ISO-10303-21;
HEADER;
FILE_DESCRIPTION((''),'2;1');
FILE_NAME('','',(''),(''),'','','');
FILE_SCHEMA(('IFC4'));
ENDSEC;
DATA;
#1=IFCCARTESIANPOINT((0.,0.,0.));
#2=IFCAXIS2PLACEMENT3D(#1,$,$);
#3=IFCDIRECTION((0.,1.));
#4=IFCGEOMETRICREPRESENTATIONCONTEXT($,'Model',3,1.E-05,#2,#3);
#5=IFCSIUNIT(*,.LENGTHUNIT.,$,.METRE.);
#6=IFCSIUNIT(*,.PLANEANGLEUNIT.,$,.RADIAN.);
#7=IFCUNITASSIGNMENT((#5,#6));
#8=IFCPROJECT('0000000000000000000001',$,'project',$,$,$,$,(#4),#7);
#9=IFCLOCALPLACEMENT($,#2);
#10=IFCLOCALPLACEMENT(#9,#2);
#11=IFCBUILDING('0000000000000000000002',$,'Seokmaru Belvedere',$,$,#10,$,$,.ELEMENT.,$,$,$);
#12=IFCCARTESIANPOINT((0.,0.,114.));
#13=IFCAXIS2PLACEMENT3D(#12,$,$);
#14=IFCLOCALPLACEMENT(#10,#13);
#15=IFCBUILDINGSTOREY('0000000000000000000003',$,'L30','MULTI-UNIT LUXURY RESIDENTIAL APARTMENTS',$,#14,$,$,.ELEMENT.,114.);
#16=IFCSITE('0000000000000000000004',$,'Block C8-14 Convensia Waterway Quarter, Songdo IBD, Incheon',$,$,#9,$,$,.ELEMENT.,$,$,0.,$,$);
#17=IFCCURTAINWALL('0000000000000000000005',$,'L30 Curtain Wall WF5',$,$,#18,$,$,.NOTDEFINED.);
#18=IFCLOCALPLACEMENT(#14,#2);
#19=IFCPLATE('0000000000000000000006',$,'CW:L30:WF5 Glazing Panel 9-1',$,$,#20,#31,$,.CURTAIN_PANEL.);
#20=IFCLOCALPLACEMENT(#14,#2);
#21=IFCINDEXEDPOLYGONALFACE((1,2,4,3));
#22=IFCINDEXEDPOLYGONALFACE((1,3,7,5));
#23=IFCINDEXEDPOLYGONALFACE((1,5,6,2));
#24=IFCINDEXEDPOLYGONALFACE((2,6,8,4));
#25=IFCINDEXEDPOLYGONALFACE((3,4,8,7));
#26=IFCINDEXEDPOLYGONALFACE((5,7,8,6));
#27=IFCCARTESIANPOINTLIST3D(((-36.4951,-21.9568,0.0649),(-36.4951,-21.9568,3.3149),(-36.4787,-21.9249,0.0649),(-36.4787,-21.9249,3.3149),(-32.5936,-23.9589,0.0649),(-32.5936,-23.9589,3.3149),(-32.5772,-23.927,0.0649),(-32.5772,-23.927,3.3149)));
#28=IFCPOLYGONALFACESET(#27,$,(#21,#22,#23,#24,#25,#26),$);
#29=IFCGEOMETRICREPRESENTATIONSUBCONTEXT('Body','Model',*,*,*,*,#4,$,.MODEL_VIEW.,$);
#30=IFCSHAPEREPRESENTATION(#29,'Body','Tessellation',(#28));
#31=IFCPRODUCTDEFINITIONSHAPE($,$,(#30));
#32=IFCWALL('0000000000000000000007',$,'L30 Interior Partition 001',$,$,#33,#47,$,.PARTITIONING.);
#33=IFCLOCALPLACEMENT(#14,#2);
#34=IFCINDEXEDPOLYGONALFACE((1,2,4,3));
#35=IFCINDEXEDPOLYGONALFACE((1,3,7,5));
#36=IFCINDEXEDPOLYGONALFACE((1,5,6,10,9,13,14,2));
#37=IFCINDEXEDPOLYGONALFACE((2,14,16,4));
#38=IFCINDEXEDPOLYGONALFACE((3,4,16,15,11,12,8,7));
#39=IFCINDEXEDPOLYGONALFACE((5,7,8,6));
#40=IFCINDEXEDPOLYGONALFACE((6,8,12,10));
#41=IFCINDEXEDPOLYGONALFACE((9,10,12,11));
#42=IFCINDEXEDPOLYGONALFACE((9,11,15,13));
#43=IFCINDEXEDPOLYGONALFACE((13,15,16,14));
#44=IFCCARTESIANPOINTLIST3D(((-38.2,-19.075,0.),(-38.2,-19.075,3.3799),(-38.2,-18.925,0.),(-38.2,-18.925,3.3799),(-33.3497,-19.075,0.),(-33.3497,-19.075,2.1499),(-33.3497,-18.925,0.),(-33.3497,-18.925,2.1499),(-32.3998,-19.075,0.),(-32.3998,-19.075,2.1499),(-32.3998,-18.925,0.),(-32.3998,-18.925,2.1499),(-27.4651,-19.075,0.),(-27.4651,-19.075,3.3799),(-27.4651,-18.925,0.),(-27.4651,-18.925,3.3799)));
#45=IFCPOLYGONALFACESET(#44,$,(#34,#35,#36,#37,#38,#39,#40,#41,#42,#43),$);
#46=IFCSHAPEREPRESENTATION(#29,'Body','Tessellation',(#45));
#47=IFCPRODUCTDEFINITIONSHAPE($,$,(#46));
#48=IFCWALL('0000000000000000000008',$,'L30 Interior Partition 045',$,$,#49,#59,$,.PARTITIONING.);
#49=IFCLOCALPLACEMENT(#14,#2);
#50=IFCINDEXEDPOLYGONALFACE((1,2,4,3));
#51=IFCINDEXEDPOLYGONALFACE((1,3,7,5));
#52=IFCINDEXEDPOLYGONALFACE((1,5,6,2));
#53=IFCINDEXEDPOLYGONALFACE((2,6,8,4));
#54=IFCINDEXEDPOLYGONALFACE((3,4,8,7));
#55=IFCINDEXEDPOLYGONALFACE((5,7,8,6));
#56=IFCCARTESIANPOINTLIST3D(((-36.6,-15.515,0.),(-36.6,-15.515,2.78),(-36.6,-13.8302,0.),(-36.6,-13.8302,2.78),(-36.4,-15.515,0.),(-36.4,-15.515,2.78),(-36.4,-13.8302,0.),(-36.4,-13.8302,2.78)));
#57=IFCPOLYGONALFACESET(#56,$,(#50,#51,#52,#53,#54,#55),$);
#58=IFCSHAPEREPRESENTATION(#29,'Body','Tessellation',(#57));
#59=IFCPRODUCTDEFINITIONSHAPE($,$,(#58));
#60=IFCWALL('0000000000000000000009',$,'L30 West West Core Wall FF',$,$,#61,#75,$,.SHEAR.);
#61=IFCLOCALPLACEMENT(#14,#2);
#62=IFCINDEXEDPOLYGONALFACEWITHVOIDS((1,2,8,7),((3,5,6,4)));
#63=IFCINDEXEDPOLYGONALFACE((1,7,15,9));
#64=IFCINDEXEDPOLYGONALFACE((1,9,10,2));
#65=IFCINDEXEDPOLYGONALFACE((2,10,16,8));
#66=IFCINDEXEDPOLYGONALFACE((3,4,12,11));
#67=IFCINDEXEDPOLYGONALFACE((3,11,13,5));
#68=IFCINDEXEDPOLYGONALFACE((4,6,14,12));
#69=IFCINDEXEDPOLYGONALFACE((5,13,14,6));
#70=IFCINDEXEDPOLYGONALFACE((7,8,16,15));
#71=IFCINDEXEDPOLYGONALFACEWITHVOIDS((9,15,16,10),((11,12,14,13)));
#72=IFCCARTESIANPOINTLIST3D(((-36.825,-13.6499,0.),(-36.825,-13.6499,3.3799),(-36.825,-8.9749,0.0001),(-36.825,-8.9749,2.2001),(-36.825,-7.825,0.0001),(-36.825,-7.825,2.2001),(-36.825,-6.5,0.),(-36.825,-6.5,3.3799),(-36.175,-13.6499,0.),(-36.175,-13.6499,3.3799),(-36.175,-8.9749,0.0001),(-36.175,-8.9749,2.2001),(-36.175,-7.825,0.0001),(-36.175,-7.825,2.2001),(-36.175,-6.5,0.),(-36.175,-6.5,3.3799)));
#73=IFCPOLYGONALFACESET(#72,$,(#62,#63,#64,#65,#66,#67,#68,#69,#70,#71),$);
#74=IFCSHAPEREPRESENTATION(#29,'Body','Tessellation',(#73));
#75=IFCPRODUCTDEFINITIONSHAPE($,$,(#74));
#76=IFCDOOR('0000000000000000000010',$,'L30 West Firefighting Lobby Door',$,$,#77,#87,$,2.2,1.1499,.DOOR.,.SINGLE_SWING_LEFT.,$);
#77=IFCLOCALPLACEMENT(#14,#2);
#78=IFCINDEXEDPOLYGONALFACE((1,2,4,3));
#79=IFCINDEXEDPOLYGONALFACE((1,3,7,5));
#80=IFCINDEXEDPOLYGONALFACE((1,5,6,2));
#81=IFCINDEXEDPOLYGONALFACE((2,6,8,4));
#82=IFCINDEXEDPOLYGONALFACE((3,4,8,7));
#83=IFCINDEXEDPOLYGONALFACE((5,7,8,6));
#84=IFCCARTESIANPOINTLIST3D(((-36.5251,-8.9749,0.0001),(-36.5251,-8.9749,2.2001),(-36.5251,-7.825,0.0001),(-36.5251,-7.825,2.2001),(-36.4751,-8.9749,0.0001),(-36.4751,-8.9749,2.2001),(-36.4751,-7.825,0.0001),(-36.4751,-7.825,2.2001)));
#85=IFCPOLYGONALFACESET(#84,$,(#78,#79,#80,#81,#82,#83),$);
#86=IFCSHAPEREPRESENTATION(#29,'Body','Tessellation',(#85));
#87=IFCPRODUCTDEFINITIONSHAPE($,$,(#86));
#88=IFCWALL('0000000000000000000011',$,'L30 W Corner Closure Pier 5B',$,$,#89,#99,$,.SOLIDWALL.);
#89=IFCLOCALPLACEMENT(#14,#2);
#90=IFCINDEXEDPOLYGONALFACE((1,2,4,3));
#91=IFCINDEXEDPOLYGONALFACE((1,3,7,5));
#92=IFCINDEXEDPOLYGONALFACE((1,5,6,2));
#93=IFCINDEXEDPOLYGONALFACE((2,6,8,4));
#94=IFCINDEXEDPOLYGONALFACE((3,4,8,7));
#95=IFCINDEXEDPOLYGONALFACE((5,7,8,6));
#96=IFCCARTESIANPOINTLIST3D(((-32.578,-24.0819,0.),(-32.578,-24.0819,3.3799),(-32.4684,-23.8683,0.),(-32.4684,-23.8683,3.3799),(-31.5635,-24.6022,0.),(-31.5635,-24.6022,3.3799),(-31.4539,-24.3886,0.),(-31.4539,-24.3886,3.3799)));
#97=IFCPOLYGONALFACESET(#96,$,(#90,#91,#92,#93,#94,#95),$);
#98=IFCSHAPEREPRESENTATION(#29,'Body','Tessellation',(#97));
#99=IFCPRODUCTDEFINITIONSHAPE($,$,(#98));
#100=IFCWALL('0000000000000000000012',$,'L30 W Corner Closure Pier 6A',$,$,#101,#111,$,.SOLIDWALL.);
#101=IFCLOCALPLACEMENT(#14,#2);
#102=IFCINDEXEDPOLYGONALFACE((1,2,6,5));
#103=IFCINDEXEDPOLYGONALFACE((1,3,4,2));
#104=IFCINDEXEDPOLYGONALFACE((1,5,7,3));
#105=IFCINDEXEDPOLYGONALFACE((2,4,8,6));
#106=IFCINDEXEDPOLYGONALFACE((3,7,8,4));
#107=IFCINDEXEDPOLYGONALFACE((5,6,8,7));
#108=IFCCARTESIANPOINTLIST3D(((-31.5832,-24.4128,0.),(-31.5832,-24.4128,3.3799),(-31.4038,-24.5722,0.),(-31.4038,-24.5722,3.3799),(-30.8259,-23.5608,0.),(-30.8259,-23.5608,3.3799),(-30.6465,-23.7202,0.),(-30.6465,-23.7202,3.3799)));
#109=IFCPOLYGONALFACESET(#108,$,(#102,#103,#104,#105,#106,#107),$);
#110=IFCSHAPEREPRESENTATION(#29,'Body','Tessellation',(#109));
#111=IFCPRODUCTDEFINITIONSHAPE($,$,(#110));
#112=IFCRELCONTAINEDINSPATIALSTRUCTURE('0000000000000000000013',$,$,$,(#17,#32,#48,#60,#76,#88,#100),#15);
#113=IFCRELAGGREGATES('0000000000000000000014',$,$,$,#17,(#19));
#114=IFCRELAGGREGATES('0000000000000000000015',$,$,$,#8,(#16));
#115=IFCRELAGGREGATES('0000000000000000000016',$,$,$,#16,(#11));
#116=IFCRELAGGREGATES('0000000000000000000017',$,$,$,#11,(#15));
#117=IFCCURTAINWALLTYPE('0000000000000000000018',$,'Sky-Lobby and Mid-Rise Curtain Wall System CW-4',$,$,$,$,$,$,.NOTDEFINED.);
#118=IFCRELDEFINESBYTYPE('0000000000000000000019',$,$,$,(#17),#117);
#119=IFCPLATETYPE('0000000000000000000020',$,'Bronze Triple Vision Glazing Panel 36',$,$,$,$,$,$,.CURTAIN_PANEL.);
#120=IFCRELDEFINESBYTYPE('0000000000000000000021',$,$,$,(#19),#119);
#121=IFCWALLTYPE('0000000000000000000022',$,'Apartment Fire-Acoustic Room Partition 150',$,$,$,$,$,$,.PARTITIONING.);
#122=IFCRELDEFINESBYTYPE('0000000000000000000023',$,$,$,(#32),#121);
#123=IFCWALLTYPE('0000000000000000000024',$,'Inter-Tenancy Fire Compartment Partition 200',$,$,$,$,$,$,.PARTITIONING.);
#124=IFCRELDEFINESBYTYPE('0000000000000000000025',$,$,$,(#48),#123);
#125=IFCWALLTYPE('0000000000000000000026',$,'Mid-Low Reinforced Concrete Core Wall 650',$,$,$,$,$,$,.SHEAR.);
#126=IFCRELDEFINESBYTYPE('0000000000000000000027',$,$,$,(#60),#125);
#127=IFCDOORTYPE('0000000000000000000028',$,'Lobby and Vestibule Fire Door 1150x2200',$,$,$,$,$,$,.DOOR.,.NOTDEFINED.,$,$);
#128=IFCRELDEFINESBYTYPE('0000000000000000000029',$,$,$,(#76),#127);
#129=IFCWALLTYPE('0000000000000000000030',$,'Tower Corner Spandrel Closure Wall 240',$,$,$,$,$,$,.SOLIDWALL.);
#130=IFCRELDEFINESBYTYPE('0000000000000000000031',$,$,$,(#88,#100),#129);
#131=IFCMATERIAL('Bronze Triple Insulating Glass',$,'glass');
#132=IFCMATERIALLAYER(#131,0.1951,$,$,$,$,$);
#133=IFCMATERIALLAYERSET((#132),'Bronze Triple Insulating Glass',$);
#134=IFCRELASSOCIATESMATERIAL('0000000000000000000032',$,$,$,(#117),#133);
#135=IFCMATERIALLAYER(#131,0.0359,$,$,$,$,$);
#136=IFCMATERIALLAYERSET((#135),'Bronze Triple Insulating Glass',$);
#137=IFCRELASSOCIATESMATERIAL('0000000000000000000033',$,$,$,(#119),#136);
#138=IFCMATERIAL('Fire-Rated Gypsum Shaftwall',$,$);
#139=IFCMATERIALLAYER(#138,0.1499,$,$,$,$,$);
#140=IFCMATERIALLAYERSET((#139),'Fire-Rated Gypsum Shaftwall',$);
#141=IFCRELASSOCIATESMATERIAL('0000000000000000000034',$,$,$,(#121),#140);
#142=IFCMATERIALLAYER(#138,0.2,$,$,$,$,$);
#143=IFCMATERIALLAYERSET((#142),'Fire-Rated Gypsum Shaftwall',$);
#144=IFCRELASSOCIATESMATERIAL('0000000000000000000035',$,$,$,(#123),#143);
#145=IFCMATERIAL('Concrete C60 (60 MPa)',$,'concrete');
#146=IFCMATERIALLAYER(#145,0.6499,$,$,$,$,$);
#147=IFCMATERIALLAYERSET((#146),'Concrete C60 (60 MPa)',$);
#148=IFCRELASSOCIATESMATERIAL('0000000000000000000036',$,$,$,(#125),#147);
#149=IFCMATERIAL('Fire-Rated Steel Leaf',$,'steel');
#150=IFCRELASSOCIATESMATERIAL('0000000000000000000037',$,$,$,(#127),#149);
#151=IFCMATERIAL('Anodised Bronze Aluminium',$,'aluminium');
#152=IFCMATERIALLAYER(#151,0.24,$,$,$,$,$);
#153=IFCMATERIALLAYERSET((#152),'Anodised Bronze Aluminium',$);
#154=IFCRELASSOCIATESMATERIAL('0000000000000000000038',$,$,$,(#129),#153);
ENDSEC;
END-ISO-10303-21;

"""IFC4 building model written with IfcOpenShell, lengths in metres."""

from ifc_helpers import new_model, si_unit, direction, frame, frame_2d, origin, origin_2d, place, context, subcontext, project, spatial, rectangle, extrude, source, transform, mapped, material, layer, layer_set, type_object, type_shapes, element, fill, aggregate, save


model = new_model("IFC4")

# Units and contexts
model_context = context("Model", 3, precision=1e-05, world=origin(), true_north=direction((0.0, 1.0)))
body_context = subcontext(model_context, "Body", "Model", "MODEL_VIEW")
ifc_project = project(units=[si_unit("LENGTHUNIT", "METRE"), si_unit("PLANEANGLEUNIT", "RADIAN")], contexts=[model_context])

# Site, building, storey
site_placement = place(None, origin())
site = spatial("IfcSite", under=ifc_project, at=site_placement, Name="Block C8-14 Convensia Waterway Quarter, Songdo IBD, Incheon", CompositionType="ELEMENT", RefElevation=0.0)
building_placement = place(site_placement, origin())
building = spatial("IfcBuilding", under=site, at=building_placement, Name="Seokmaru Belvedere", CompositionType="ELEMENT")
storey_placement = place(building_placement, frame((0.0, 0.0, 114.0)))
storey = spatial("IfcBuildingStorey", under=building, at=storey_placement, Name="L30", Description="MULTI-UNIT LUXURY RESIDENTIAL APARTMENTS", CompositionType="ELEMENT", Elevation=114.0)

# Curtain wall, plate
ifc_material_1 = material(Name="Bronze Triple Insulating Glass", Category="glass")
ifc_layer_1 = layer(ifc_material_1, 0.1951)
ifc_layer_set_1 = layer_set([ifc_layer_1], Name="Bronze Triple Insulating Glass")
curtain_wall_type = type_object("IfcCurtainWallType", Name="Sky-Lobby and Mid-Rise Curtain Wall System CW-4", PredefinedType="NOTDEFINED", material=ifc_layer_set_1)
curtain_wall_placement = place(storey_placement, origin())
curtain_wall = element("IfcCurtainWall", 1, at=curtain_wall_placement, inside=storey, type_object=curtain_wall_type, Name="L30 Curtain Wall WF5", PredefinedType="NOTDEFINED")
ifc_material_2 = material(Name="Anodised Bronze Aluminium", Category="aluminium")
ifc_layer_2 = layer(ifc_material_1, 0.0359)
ifc_layer_set_2 = layer_set([ifc_layer_2], Name="Bronze Triple Insulating Glass")
plate_type = type_object("IfcPlateType", Name="Bronze Triple Vision Glazing Panel 36", PredefinedType="CURTAIN_PANEL", material=ifc_layer_set_2)
shared_shape_1 = source(origin(), body_context, "Body", "SweptSolid", [
    extrude(rectangle(XDim=4.3853, YDim=0.0359, at=origin_2d()), origin(), (0.0, 0.0, 1.0), 3.25),
])
type_shapes(plate_type, [shared_shape_1])
plate_placement = place(storey_placement, frame((-34.5361, -22.9419, 0.0649), z_axis=(0.0, 0.0, 1.0), x_axis=(0.889695, -0.456555, 0.0)))
plate = element("IfcPlate", 2, at=plate_placement, type_object=plate_type, Name="CW:L30:WF5 Glazing Panel 9-1", PredefinedType="CURTAIN_PANEL", context=body_context, shape_type="MappedRepresentation", body=[
    mapped(shared_shape_1, transform((0.0, 0.0, 0.0), scale=1.0)),
])
aggregate(curtain_wall, [plate])

# Wall, opening
ifc_material_3 = material(Name="Fire-Rated Gypsum Shaftwall")
ifc_layer_3 = layer(ifc_material_3, 0.1499)
ifc_layer_set_3 = layer_set([ifc_layer_3], Name="Fire-Rated Gypsum Shaftwall")
wall_type_1 = type_object("IfcWallType", Name="Apartment Fire-Acoustic Room Partition 150", PredefinedType="PARTITIONING", material=ifc_layer_set_3)
wall_1_placement = place(storey_placement, frame((-38.2, -19.0, 0.0), z_axis=(0.0, 0.0, 1.0), x_axis=(1.0, 0.0, 0.0)))
wall_1 = element("IfcWall", 3, at=wall_1_placement, inside=storey, type_object=wall_type_1, Name="L30 Interior Partition 001", PredefinedType="PARTITIONING", context=body_context, shape_type="SweptSolid", body=[
    extrude(rectangle(XDim=10.7349, YDim=0.1499, at=frame_2d((5.3674, 0.0))), origin(), (0.0, 0.0, 1.0), 3.3799),
])
opening_1_placement = place(wall_1_placement, frame((4.8501, 0.0, 0.0)))
element("IfcOpeningElement", 4, at=opening_1_placement, cuts=wall_1, PredefinedType="OPENING", context=body_context, shape_type="SweptSolid", body=[
    extrude(rectangle(XDim=0.95, YDim=2.1499, at=frame_2d((0.4751, 1.075))), frame((0.0, 0.085, 0.0), z_axis=(0.0, -1.0, 0.0), x_axis=(1.0, 0.0, 0.0)), (0.0, 0.0, 1.0), 0.1699),
])

# Wall
ifc_layer_4 = layer(ifc_material_3, 0.2)
ifc_layer_set_4 = layer_set([ifc_layer_4], Name="Fire-Rated Gypsum Shaftwall")
wall_type_2 = type_object("IfcWallType", Name="Inter-Tenancy Fire Compartment Partition 200", PredefinedType="PARTITIONING", material=ifc_layer_set_4)
wall_2_placement = place(storey_placement, frame((-36.5, -15.5149, 0.0), z_axis=(0.0, 0.0, 1.0), x_axis=(0.0, 1.0, 0.0)))
element("IfcWall", 5, at=wall_2_placement, inside=storey, type_object=wall_type_2, Name="L30 Interior Partition 045", PredefinedType="PARTITIONING", context=body_context, shape_type="SweptSolid", body=[
    extrude(rectangle(XDim=1.6848, YDim=0.2, at=frame_2d((0.8423, 0.0))), origin(), (0.0, 0.0, 1.0), 2.78),
])

# Wall, opening, door
ifc_material_4 = material(Name="Concrete C60 (60 MPa)", Category="concrete")
ifc_layer_5 = layer(ifc_material_4, 0.6499)
ifc_layer_set_5 = layer_set([ifc_layer_5], Name="Concrete C60 (60 MPa)")
wall_type_3 = type_object("IfcWallType", Name="Mid-Low Reinforced Concrete Core Wall 650", PredefinedType="SHEAR", material=ifc_layer_set_5)
wall_3_placement = place(storey_placement, frame((-36.5, -13.6499, 0.0), z_axis=(0.0, 0.0, 1.0), x_axis=(0.0, 1.0, 0.0)))
wall_3 = element("IfcWall", 6, at=wall_3_placement, inside=storey, type_object=wall_type_3, Name="L30 West West Core Wall FF", PredefinedType="SHEAR", context=body_context, shape_type="SweptSolid", body=[
    extrude(rectangle(XDim=7.1499, YDim=0.6499, at=frame_2d((3.575, 0.0))), origin(), (0.0, 0.0, 1.0), 3.3799),
])
opening_2_placement = place(wall_3_placement, frame((4.675, 0.0, 0.0)))
opening_2 = element("IfcOpeningElement", 7, at=opening_2_placement, cuts=wall_3, PredefinedType="OPENING", context=body_context, shape_type="SweptSolid", body=[
    extrude(rectangle(XDim=1.1499, YDim=2.2, at=frame_2d((0.575, 1.1001))), frame((0.0, 0.335, 0.0), z_axis=(0.0, -1.0, 0.0), x_axis=(1.0, 0.0, 0.0)), (0.0, 0.0, 1.0), 0.6699),
])
ifc_material_5 = material(Name="Fire-Rated Steel Leaf", Category="steel")
door_type = type_object("IfcDoorType", Name="Lobby and Vestibule Fire Door 1150x2200", OperationType="NOTDEFINED", PredefinedType="DOOR", material=ifc_material_5)
shared_shape_2 = source(origin(), body_context, "Body", "SweptSolid", [
    extrude(rectangle(XDim=1.1499, YDim=2.2, at=frame_2d((0.575, 1.1001))), frame((0.0, 0.0249, 0.0), z_axis=(0.0, -1.0, 0.0), x_axis=(1.0, 0.0, 0.0)), (0.0, 0.0, 1.0), 0.05),
])
type_shapes(door_type, [shared_shape_2])
door_placement = place(opening_2_placement, frame((1.1499, 0.0, 0.0), z_axis=(0.0, 0.0, 1.0), x_axis=(-1.0, 0.0, 0.0)))
door = element("IfcDoor", 8, at=door_placement, inside=storey, type_object=door_type, Name="L30 West Firefighting Lobby Door", OperationType="SINGLE_SWING_LEFT", OverallHeight=2.2, OverallWidth=1.1499, PredefinedType="DOOR", context=body_context, shape_type="MappedRepresentation", body=[
    mapped(shared_shape_2, transform((0.0, 0.0, 0.0), scale=1.0)),
])
fill(opening_2, door)

# Walls
ifc_layer_6 = layer(ifc_material_2, 0.24)
ifc_layer_set_6 = layer_set([ifc_layer_6], Name="Anodised Bronze Aluminium")
wall_type_4 = type_object("IfcWallType", Name="Tower Corner Spandrel Closure Wall 240", PredefinedType="SOLIDWALL", material=ifc_layer_set_6)
wall_4_placement = place(storey_placement, frame((-32.5232, -23.9751, 0.0), z_axis=(0.0, 0.0, 1.0), x_axis=(0.889797, -0.456356, 0.0)))
element("IfcWall", 9, at=wall_4_placement, inside=storey, type_object=wall_type_4, Name="L30 W Corner Closure Pier 5B", PredefinedType="SOLIDWALL", context=body_context, shape_type="SweptSolid", body=[
    extrude(rectangle(XDim=1.1401, YDim=0.24, at=frame_2d((0.5701, 0.0))), origin(), (0.0, 0.0, 1.0), 3.3799),
])
wall_5_placement = place(storey_placement, frame((-31.4934, -24.4924, 0.0), z_axis=(0.0, 0.0, 1.0), x_axis=(0.664337, 0.747433, 0.0)))
element("IfcWall", 10, at=wall_5_placement, inside=storey, type_object=wall_type_4, Name="L30 W Corner Closure Pier 6A", PredefinedType="SOLIDWALL", context=body_context, shape_type="SweptSolid", body=[
    extrude(rectangle(XDim=1.1399, YDim=0.24, at=frame_2d((0.5698, 0.0))), origin(), (0.0, 0.0, 1.0), 3.3799),
])

save(model, "model.ifc")
